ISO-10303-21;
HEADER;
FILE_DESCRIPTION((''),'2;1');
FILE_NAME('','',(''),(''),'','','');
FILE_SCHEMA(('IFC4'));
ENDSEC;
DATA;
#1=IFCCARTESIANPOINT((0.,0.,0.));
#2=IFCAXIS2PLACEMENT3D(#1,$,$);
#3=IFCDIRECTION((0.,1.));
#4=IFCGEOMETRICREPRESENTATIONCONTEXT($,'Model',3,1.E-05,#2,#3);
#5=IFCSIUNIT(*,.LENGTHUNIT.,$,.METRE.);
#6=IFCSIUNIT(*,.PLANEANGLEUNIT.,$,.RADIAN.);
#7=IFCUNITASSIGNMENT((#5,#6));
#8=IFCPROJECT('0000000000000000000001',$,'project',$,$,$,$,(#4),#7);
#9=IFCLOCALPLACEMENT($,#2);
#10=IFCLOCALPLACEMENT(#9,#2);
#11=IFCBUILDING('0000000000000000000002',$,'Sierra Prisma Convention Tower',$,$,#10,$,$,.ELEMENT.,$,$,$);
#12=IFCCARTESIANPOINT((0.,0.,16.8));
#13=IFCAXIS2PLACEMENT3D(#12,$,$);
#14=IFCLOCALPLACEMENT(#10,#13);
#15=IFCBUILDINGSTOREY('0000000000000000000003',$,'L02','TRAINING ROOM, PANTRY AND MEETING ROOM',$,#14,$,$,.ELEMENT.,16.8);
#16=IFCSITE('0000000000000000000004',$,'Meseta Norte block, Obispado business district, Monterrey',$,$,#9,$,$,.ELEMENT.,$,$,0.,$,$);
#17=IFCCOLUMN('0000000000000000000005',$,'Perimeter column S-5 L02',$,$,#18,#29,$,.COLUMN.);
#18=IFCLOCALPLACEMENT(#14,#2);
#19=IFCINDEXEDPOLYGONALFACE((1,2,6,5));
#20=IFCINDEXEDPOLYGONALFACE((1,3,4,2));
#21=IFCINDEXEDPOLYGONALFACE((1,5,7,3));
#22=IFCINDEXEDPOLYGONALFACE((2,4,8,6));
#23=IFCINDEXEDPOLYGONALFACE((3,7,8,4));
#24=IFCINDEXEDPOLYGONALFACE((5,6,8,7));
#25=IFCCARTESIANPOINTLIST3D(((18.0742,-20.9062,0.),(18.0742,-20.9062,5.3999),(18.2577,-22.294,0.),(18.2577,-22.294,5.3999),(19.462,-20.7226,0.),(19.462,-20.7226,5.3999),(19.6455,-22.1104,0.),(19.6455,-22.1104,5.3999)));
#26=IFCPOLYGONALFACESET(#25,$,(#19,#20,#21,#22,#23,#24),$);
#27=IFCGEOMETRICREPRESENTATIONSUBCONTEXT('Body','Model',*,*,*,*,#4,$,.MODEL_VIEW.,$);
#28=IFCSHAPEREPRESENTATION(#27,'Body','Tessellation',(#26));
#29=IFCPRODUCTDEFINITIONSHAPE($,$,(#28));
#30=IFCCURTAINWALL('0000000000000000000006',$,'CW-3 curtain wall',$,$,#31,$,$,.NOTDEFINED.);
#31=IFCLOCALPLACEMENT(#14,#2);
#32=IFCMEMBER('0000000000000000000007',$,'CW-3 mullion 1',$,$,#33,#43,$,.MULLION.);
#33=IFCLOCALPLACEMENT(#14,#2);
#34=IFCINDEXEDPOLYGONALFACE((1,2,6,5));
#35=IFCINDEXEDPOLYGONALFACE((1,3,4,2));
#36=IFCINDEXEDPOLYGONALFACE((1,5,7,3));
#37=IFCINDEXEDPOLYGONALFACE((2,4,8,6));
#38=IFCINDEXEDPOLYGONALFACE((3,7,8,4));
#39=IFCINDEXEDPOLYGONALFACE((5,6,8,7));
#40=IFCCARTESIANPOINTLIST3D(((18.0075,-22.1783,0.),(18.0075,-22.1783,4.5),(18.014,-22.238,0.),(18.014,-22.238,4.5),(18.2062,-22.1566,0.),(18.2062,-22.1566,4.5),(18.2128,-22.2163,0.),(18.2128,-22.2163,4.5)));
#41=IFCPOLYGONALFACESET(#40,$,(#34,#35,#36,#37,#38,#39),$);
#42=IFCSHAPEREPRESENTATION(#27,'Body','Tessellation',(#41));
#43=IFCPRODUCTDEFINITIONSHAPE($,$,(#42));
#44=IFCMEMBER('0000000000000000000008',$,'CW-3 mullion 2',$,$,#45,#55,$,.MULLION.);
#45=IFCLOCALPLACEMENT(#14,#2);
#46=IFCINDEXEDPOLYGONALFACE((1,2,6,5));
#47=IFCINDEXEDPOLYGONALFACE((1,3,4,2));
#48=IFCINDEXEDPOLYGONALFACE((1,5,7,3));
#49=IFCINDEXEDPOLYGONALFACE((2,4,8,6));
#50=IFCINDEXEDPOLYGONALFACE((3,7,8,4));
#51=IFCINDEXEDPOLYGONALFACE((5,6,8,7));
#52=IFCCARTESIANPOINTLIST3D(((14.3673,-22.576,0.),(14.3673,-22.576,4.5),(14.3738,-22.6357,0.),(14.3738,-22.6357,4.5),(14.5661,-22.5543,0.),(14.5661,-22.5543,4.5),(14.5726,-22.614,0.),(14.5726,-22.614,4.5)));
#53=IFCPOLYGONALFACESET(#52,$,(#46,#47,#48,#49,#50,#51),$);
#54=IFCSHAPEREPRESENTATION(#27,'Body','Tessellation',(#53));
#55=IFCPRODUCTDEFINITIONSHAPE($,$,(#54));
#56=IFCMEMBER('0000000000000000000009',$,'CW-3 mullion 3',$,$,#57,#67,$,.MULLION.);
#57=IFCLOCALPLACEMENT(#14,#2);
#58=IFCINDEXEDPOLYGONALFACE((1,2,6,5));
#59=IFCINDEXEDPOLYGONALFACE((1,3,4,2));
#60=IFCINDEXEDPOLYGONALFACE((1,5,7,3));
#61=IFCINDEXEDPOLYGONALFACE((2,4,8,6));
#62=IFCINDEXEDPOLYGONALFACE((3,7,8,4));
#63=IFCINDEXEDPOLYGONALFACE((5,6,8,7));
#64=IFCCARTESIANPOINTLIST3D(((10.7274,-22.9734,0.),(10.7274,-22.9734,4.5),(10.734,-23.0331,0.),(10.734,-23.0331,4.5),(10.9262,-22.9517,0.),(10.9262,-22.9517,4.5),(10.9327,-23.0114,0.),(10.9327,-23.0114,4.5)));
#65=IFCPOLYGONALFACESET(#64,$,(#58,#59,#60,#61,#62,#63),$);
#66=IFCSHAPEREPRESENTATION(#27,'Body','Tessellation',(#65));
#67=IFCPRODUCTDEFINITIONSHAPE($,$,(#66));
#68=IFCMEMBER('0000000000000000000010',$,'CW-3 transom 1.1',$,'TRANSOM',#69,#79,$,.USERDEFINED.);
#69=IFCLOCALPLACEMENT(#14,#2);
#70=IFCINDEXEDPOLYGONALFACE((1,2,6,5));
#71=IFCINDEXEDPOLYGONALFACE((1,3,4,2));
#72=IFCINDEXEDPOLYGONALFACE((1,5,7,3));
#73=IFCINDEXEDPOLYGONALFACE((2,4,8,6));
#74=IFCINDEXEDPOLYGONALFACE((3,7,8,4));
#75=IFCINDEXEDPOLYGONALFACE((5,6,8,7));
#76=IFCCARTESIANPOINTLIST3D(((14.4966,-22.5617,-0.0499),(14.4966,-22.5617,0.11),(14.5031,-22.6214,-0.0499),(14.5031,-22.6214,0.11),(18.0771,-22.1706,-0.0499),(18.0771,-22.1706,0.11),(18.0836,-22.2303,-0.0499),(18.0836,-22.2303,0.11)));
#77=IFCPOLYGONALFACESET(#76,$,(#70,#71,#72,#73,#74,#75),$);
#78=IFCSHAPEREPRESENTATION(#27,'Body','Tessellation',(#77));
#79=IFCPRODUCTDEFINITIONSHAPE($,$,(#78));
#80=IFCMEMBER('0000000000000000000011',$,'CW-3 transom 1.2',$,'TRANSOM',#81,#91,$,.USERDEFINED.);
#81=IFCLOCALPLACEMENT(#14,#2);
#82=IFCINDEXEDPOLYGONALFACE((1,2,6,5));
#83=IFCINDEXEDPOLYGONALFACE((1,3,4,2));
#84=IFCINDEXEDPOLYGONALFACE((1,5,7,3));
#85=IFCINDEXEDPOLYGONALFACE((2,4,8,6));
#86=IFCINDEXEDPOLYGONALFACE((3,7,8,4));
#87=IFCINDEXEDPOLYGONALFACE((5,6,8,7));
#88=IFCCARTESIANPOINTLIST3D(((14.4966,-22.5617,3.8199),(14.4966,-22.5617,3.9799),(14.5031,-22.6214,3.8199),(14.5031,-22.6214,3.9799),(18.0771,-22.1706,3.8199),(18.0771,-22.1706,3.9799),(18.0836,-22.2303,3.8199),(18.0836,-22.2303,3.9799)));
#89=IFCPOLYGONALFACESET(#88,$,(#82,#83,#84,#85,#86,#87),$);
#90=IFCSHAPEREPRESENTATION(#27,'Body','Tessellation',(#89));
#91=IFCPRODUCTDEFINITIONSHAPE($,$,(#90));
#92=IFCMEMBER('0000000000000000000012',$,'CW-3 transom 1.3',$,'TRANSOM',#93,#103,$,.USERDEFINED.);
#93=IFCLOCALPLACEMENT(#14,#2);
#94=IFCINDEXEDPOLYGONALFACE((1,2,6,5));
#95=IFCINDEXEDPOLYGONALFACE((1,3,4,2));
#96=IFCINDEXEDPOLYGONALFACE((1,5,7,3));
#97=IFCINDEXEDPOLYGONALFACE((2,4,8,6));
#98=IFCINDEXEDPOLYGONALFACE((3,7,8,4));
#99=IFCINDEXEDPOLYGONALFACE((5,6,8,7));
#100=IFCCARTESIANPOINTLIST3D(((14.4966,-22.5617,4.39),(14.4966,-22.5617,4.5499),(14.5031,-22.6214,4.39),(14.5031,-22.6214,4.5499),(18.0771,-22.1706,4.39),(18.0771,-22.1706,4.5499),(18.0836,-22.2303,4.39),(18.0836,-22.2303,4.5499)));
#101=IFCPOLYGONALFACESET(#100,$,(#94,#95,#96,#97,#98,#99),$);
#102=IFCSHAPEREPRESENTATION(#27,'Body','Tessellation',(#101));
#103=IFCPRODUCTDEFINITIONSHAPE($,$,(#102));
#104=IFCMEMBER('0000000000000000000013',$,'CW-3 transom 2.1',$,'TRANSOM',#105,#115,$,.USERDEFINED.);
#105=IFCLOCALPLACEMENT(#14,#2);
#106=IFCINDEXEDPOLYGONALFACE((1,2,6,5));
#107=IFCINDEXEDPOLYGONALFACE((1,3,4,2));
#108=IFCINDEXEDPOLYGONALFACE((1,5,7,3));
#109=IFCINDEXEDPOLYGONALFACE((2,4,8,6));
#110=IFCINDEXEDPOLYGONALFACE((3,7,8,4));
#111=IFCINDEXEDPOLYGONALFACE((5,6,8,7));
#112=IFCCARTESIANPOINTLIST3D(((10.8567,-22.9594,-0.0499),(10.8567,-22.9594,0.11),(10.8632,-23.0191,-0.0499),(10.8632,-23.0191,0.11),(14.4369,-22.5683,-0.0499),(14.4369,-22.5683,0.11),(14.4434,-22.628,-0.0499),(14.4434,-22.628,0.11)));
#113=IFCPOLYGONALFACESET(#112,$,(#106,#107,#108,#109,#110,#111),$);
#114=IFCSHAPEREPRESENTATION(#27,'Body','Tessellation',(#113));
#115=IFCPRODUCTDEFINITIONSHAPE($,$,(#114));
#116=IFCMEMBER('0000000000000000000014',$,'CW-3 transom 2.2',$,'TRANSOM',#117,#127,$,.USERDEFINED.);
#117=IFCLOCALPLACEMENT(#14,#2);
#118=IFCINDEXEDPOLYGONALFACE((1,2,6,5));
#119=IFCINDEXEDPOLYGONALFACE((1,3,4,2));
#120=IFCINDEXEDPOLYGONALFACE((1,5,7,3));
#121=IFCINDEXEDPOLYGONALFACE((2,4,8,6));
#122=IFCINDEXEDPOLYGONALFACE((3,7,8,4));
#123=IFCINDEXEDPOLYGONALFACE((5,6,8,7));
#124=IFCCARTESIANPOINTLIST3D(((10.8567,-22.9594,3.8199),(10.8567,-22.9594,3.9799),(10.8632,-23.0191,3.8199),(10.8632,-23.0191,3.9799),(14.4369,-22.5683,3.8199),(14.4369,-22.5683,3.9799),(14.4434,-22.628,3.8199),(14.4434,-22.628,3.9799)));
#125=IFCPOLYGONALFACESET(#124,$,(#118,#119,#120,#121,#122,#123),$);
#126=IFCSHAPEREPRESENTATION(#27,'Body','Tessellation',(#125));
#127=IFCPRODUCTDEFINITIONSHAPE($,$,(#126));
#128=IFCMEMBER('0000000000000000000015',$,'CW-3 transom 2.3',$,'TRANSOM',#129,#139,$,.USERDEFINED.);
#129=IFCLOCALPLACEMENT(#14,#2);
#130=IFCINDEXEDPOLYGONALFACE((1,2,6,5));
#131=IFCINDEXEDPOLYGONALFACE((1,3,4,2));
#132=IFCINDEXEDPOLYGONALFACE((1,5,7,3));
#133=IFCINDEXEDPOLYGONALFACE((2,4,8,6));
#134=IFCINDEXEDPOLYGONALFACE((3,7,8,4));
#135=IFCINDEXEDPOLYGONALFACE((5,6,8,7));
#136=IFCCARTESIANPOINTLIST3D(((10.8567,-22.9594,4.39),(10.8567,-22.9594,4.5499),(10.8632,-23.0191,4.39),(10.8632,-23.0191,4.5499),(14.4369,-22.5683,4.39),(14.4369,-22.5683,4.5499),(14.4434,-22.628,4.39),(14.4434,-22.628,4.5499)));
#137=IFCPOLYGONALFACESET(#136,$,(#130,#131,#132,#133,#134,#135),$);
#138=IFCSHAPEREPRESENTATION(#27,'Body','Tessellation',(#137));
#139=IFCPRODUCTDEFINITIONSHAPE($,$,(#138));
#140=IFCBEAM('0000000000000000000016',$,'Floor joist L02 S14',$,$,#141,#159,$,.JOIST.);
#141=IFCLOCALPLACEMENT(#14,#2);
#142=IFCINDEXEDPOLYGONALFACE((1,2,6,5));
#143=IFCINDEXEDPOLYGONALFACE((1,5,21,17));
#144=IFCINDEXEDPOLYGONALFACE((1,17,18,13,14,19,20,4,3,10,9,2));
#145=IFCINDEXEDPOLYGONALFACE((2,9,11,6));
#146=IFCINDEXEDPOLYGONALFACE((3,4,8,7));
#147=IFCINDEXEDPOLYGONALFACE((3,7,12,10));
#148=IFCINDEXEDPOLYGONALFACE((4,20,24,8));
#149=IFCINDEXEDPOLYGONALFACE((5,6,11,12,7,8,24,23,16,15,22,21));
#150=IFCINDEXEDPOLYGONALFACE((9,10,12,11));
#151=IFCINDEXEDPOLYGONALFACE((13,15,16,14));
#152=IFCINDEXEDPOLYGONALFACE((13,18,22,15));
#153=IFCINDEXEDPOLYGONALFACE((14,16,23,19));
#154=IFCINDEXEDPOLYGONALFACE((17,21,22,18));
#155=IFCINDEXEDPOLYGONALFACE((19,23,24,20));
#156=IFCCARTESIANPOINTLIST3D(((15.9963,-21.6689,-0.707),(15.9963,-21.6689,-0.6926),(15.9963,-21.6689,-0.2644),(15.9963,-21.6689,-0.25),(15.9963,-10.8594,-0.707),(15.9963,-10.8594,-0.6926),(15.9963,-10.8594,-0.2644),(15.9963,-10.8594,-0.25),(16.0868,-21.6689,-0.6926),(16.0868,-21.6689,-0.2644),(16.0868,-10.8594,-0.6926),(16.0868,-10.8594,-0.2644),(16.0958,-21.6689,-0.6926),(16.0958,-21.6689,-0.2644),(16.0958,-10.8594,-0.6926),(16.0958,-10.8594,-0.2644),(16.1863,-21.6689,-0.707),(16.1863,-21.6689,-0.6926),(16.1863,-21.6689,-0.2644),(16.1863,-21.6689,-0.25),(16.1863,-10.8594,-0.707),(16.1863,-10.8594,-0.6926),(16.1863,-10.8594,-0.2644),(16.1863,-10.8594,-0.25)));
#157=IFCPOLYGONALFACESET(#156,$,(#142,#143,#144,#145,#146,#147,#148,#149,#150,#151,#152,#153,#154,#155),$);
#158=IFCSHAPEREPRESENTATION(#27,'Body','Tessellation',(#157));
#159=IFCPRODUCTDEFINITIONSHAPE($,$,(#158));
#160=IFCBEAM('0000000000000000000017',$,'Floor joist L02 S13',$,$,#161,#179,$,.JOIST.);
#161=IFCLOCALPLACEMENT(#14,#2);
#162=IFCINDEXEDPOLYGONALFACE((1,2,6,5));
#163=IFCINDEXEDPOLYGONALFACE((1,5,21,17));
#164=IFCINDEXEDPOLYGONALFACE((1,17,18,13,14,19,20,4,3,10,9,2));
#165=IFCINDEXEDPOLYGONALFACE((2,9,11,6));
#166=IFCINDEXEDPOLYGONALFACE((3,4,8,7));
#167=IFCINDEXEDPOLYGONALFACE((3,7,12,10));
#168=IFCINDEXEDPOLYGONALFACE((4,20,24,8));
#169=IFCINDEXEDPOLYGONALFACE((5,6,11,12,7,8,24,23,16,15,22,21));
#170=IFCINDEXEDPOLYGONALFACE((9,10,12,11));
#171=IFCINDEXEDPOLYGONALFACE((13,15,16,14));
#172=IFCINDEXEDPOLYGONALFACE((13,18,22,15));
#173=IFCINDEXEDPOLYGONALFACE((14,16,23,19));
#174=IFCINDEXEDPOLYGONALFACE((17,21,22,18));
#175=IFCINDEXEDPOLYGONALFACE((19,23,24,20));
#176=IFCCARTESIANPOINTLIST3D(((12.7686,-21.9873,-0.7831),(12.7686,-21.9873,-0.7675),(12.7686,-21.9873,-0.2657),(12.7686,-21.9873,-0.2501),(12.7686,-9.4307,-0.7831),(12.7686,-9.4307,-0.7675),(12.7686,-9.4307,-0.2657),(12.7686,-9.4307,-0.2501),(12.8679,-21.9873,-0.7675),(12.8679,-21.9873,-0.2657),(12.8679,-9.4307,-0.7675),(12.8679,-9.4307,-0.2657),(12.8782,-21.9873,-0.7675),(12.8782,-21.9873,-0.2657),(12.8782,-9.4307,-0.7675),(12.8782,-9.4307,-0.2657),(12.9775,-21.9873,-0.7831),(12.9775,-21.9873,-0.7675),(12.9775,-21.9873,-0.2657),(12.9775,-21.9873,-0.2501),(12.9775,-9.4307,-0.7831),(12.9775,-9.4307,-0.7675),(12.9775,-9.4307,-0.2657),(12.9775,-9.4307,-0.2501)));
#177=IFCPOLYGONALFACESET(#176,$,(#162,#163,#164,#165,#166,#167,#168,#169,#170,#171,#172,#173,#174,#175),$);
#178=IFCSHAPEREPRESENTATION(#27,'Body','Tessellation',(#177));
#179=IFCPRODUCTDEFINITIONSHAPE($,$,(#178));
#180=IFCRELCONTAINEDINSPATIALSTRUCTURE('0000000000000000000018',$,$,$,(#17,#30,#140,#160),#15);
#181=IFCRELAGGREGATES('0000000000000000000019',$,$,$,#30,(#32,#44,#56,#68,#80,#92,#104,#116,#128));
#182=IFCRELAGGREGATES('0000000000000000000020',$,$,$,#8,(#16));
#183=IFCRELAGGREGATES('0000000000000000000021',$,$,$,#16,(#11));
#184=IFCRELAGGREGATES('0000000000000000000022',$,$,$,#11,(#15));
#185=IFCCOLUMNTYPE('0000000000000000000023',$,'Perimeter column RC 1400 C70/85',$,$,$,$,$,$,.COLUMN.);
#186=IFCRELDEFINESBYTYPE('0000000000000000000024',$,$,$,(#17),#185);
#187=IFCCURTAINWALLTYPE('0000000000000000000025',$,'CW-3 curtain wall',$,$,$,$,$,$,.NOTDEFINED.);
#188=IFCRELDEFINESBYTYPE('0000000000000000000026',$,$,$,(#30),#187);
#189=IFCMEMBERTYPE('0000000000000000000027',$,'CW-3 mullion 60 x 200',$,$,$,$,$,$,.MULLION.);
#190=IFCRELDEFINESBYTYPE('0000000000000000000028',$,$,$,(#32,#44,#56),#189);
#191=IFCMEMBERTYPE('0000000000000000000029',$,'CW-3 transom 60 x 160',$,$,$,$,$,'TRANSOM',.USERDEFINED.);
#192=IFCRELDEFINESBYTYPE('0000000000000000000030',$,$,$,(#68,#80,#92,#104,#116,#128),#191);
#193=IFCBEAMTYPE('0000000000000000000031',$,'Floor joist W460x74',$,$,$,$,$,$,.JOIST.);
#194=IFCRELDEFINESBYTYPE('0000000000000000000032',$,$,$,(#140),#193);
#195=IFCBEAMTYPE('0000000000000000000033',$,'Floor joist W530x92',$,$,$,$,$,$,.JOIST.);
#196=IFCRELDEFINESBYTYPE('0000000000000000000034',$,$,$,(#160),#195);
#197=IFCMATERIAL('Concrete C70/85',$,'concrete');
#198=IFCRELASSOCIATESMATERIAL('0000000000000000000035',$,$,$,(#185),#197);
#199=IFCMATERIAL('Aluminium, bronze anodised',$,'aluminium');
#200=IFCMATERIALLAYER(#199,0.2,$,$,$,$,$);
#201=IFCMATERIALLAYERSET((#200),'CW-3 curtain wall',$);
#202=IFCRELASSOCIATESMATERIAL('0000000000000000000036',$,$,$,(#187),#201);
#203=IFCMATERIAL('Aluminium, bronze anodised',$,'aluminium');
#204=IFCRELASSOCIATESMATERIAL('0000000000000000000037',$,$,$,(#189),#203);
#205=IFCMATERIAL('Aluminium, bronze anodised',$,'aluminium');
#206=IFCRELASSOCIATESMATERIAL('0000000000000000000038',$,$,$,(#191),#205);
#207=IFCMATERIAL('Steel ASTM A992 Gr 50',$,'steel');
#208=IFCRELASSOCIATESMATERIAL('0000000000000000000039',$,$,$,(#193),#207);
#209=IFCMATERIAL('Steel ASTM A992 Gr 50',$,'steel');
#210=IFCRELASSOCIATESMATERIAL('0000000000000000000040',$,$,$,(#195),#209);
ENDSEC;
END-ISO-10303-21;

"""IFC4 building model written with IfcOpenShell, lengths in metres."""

from ifc_helpers import new_model, si_unit, direction, frame, origin, origin_2d, place, context, subcontext, project, spatial, rectangle, i_section, extrude, material, layer, layer_set, material_profile, profile_set, type_object, element, aggregate, save


model = new_model("IFC4")

# Units and contexts
model_context = context("Model", 3, precision=1e-05, world=origin(), true_north=direction((0.0, 1.0)))
body_context = subcontext(model_context, "Body", "Model", "MODEL_VIEW")
ifc_project = project(units=[si_unit("LENGTHUNIT", "METRE"), si_unit("PLANEANGLEUNIT", "RADIAN")], contexts=[model_context])

# Site, building, storey
site_placement = place(None, origin())
site = spatial("IfcSite", under=ifc_project, at=site_placement, Name="Meseta Norte block, Obispado business district, Monterrey", CompositionType="ELEMENT", RefElevation=0.0)
building_placement = place(site_placement, origin())
building = spatial("IfcBuilding", under=site, at=building_placement, Name="Sierra Prisma Convention Tower", CompositionType="ELEMENT")
storey_placement = place(building_placement, frame((0.0, 0.0, 16.8)))
storey = spatial("IfcBuildingStorey", under=building, at=storey_placement, Name="L02", Description="TRAINING ROOM, PANTRY AND MEETING ROOM", CompositionType="ELEMENT", Elevation=16.8)

# Column
ifc_material_1 = material(Name="Concrete C70/85", Category="concrete")
ifc_material_profile_1 = material_profile(ifc_material_1, rectangle(XDim=1.3999, YDim=1.3999, at=origin_2d()), Name="Perimeter column RC 1400 C70/85")
ifc_profile_set_1 = profile_set([ifc_material_profile_1], Name="Concrete C70/85")
column_type = type_object("IfcColumnType", Name="Perimeter column RC 1400 C70/85", PredefinedType="COLUMN", material=ifc_profile_set_1)
column_placement = place(storey_placement, frame((18.8599, -21.5083, 0.0), z_axis=(0.0, 0.0, 1.0), x_axis=(0.991367, 0.131115, 0.0)))
element("IfcColumn", 1, at=column_placement, inside=storey, type_object=column_type, Name="Perimeter column S-5 L02", PredefinedType="COLUMN", context=body_context, shape_type="SweptSolid", body=[
    extrude(rectangle(XDim=1.3999, YDim=1.3999, at=origin_2d()), origin(), (0.0, 0.0, 1.0), 5.3999),
])

# Curtain wall, members
ifc_material_2 = material(Name="Aluminium, bronze anodised", Category="aluminium")
ifc_layer_1 = layer(ifc_material_2, 0.2)
ifc_layer_set_1 = layer_set([ifc_layer_1], Name="CW-3 curtain wall")
curtain_wall_type = type_object("IfcCurtainWallType", Name="CW-3 curtain wall", PredefinedType="NOTDEFINED", material=ifc_layer_set_1)
curtain_wall_placement = place(storey_placement, origin())
curtain_wall = element("IfcCurtainWall", 2, at=curtain_wall_placement, inside=storey, type_object=curtain_wall_type, Name="CW-3 curtain wall", PredefinedType="NOTDEFINED")
ifc_material_3 = material(Name="Aluminium, bronze anodised", Category="aluminium")
ifc_material_profile_2 = material_profile(ifc_material_3, rectangle(XDim=0.0601, YDim=0.2, at=origin_2d()), Name="CW-3 mullion 60 x 200")
ifc_profile_set_2 = profile_set([ifc_material_profile_2], Name="Aluminium, bronze anodised")
member_type_1 = type_object("IfcMemberType", Name="CW-3 mullion 60 x 200", PredefinedType="MULLION", material=ifc_profile_set_2)
member_1_placement = place(storey_placement, frame((18.1101, -22.1973, 0.0), z_axis=(0.0, 0.0, 1.0), x_axis=(0.108607, -0.994085, 0.0)))
member_1 = element("IfcMember", 3, at=member_1_placement, type_object=member_type_1, Name="CW-3 mullion 1", PredefinedType="MULLION", context=body_context, shape_type="SweptSolid", body=[
    extrude(rectangle(XDim=0.0601, YDim=0.2, at=origin_2d()), origin(), (0.0, 0.0, 1.0), 4.5),
])
member_2_placement = place(storey_placement, frame((14.47, -22.595, 0.0), z_axis=(0.0, 0.0, 1.0), x_axis=(0.108607, -0.994085, 0.0)))
member_2 = element("IfcMember", 4, at=member_2_placement, type_object=member_type_1, Name="CW-3 mullion 2", PredefinedType="MULLION", context=body_context, shape_type="SweptSolid", body=[
    extrude(rectangle(XDim=0.0601, YDim=0.2, at=origin_2d()), origin(), (0.0, 0.0, 1.0), 4.5),
])
member_3_placement = place(storey_placement, frame((10.8301, -22.9924, 0.0), z_axis=(0.0, 0.0, 1.0), x_axis=(0.108607, -0.994085, 0.0)))
member_3 = element("IfcMember", 5, at=member_3_placement, type_object=member_type_1, Name="CW-3 mullion 3", PredefinedType="MULLION", context=body_context, shape_type="SweptSolid", body=[
    extrude(rectangle(XDim=0.0601, YDim=0.2, at=origin_2d()), origin(), (0.0, 0.0, 1.0), 4.5),
])
ifc_material_4 = material(Name="Aluminium, bronze anodised", Category="aluminium")
ifc_material_profile_3 = material_profile(ifc_material_4, rectangle(XDim=0.0601, YDim=0.1599, at=origin_2d()), Name="CW-3 transom 60 x 160")
ifc_profile_set_3 = profile_set([ifc_material_profile_3], Name="Aluminium, bronze anodised")
member_type_2 = type_object("IfcMemberType", Name="CW-3 transom 60 x 160", ElementType="TRANSOM", PredefinedType="USERDEFINED", material=ifc_profile_set_3)
member_4_placement = place(storey_placement, frame((18.0803, -22.2004, 0.03), z_axis=(-0.994087, -0.108586, 0.0), x_axis=(0.108586, -0.994087, 0.0)))
member_4 = element("IfcMember", 6, at=member_4_placement, type_object=member_type_2, Name="CW-3 transom 1.1", ObjectType="TRANSOM", PredefinedType="USERDEFINED", context=body_context, shape_type="SweptSolid", body=[
    extrude(rectangle(XDim=0.0601, YDim=0.1599, at=origin_2d()), origin(), (0.0, 0.0, 1.0), 3.6018),
])
member_5_placement = place(storey_placement, frame((18.0803, -22.2004, 3.8999), z_axis=(-0.994087, -0.108586, 0.0), x_axis=(0.108586, -0.994087, 0.0)))
member_5 = element("IfcMember", 7, at=member_5_placement, type_object=member_type_2, Name="CW-3 transom 1.2", ObjectType="TRANSOM", PredefinedType="USERDEFINED", context=body_context, shape_type="SweptSolid", body=[
    extrude(rectangle(XDim=0.0601, YDim=0.1599, at=origin_2d()), origin(), (0.0, 0.0, 1.0), 3.6018),
])
member_6_placement = place(storey_placement, frame((18.0803, -22.2004, 4.47), z_axis=(-0.994087, -0.108586, 0.0), x_axis=(0.108586, -0.994087, 0.0)))
member_6 = element("IfcMember", 8, at=member_6_placement, type_object=member_type_2, Name="CW-3 transom 1.3", ObjectType="TRANSOM", PredefinedType="USERDEFINED", context=body_context, shape_type="SweptSolid", body=[
    extrude(rectangle(XDim=0.0601, YDim=0.1599, at=origin_2d()), origin(), (0.0, 0.0, 1.0), 3.6018),
])
member_7_placement = place(storey_placement, frame((14.4402, -22.5981, 0.03), z_axis=(-0.994086, -0.108594, 0.0), x_axis=(0.108594, -0.994086, 0.0)))
member_7 = element("IfcMember", 9, at=member_7_placement, type_object=member_type_2, Name="CW-3 transom 2.1", ObjectType="TRANSOM", PredefinedType="USERDEFINED", context=body_context, shape_type="SweptSolid", body=[
    extrude(rectangle(XDim=0.0601, YDim=0.1599, at=origin_2d()), origin(), (0.0, 0.0, 1.0), 3.6016),
])
member_8_placement = place(storey_placement, frame((14.4402, -22.5981, 3.8999), z_axis=(-0.994086, -0.108594, 0.0), x_axis=(0.108594, -0.994086, 0.0)))
member_8 = element("IfcMember", 10, at=member_8_placement, type_object=member_type_2, Name="CW-3 transom 2.2", ObjectType="TRANSOM", PredefinedType="USERDEFINED", context=body_context, shape_type="SweptSolid", body=[
    extrude(rectangle(XDim=0.0601, YDim=0.1599, at=origin_2d()), origin(), (0.0, 0.0, 1.0), 3.6016),
])
member_9_placement = place(storey_placement, frame((14.4402, -22.5981, 4.47), z_axis=(-0.994086, -0.108594, 0.0), x_axis=(0.108594, -0.994086, 0.0)))
member_9 = element("IfcMember", 11, at=member_9_placement, type_object=member_type_2, Name="CW-3 transom 2.3", ObjectType="TRANSOM", PredefinedType="USERDEFINED", context=body_context, shape_type="SweptSolid", body=[
    extrude(rectangle(XDim=0.0601, YDim=0.1599, at=origin_2d()), origin(), (0.0, 0.0, 1.0), 3.6016),
])

# Beams
ifc_material_5 = material(Name="Steel ASTM A992 Gr 50", Category="steel")
ifc_material_profile_4 = material_profile(ifc_material_5, i_section(OverallWidth=0.1899, OverallDepth=0.457, WebThickness=0.009, FlangeThickness=0.0144, at=origin_2d()), Name="W460x74")
ifc_profile_set_4 = profile_set([ifc_material_profile_4], Name="Steel ASTM A992 Gr 50")
beam_type_1 = type_object("IfcBeamType", Name="Floor joist W460x74", PredefinedType="JOIST", material=ifc_profile_set_4)
beam_1_placement = place(storey_placement, frame((16.0913, -21.6689, -0.4785), z_axis=(0.0, 1.0, 0.0), x_axis=(-1.0, 0.0, 0.0)))
element("IfcBeam", 12, at=beam_1_placement, inside=storey, type_object=beam_type_1, Name="Floor joist L02 S14", PredefinedType="JOIST", context=body_context, shape_type="SweptSolid", body=[
    extrude(i_section(OverallWidth=0.1899, OverallDepth=0.457, WebThickness=0.009, FlangeThickness=0.0144, at=origin_2d()), origin(), (0.0, 0.0, 1.0), 10.8096),
])
ifc_material_6 = material(Name="Steel ASTM A992 Gr 50", Category="steel")
ifc_material_profile_5 = material_profile(ifc_material_6, i_section(OverallWidth=0.209, OverallDepth=0.533, WebThickness=0.0103, FlangeThickness=0.0156, at=origin_2d()), Name="W530x92")
ifc_profile_set_5 = profile_set([ifc_material_profile_5], Name="Steel ASTM A992 Gr 50")
beam_type_2 = type_object("IfcBeamType", Name="Floor joist W530x92", PredefinedType="JOIST", material=ifc_profile_set_5)
beam_2_placement = place(storey_placement, frame((12.873, -21.9873, -0.5166), z_axis=(0.0, 1.0, 0.0), x_axis=(-1.0, 0.0, 0.0)))
element("IfcBeam", 13, at=beam_2_placement, inside=storey, type_object=beam_type_2, Name="Floor joist L02 S13", PredefinedType="JOIST", context=body_context, shape_type="SweptSolid", body=[
    extrude(i_section(OverallWidth=0.209, OverallDepth=0.533, WebThickness=0.0103, FlangeThickness=0.0156, at=origin_2d()), origin(), (0.0, 0.0, 1.0), 12.5566),
])

aggregate(curtain_wall, [member_1, member_2, member_3, member_4, member_5, member_6, member_7, member_8, member_9])

save(model, "model.ifc")
